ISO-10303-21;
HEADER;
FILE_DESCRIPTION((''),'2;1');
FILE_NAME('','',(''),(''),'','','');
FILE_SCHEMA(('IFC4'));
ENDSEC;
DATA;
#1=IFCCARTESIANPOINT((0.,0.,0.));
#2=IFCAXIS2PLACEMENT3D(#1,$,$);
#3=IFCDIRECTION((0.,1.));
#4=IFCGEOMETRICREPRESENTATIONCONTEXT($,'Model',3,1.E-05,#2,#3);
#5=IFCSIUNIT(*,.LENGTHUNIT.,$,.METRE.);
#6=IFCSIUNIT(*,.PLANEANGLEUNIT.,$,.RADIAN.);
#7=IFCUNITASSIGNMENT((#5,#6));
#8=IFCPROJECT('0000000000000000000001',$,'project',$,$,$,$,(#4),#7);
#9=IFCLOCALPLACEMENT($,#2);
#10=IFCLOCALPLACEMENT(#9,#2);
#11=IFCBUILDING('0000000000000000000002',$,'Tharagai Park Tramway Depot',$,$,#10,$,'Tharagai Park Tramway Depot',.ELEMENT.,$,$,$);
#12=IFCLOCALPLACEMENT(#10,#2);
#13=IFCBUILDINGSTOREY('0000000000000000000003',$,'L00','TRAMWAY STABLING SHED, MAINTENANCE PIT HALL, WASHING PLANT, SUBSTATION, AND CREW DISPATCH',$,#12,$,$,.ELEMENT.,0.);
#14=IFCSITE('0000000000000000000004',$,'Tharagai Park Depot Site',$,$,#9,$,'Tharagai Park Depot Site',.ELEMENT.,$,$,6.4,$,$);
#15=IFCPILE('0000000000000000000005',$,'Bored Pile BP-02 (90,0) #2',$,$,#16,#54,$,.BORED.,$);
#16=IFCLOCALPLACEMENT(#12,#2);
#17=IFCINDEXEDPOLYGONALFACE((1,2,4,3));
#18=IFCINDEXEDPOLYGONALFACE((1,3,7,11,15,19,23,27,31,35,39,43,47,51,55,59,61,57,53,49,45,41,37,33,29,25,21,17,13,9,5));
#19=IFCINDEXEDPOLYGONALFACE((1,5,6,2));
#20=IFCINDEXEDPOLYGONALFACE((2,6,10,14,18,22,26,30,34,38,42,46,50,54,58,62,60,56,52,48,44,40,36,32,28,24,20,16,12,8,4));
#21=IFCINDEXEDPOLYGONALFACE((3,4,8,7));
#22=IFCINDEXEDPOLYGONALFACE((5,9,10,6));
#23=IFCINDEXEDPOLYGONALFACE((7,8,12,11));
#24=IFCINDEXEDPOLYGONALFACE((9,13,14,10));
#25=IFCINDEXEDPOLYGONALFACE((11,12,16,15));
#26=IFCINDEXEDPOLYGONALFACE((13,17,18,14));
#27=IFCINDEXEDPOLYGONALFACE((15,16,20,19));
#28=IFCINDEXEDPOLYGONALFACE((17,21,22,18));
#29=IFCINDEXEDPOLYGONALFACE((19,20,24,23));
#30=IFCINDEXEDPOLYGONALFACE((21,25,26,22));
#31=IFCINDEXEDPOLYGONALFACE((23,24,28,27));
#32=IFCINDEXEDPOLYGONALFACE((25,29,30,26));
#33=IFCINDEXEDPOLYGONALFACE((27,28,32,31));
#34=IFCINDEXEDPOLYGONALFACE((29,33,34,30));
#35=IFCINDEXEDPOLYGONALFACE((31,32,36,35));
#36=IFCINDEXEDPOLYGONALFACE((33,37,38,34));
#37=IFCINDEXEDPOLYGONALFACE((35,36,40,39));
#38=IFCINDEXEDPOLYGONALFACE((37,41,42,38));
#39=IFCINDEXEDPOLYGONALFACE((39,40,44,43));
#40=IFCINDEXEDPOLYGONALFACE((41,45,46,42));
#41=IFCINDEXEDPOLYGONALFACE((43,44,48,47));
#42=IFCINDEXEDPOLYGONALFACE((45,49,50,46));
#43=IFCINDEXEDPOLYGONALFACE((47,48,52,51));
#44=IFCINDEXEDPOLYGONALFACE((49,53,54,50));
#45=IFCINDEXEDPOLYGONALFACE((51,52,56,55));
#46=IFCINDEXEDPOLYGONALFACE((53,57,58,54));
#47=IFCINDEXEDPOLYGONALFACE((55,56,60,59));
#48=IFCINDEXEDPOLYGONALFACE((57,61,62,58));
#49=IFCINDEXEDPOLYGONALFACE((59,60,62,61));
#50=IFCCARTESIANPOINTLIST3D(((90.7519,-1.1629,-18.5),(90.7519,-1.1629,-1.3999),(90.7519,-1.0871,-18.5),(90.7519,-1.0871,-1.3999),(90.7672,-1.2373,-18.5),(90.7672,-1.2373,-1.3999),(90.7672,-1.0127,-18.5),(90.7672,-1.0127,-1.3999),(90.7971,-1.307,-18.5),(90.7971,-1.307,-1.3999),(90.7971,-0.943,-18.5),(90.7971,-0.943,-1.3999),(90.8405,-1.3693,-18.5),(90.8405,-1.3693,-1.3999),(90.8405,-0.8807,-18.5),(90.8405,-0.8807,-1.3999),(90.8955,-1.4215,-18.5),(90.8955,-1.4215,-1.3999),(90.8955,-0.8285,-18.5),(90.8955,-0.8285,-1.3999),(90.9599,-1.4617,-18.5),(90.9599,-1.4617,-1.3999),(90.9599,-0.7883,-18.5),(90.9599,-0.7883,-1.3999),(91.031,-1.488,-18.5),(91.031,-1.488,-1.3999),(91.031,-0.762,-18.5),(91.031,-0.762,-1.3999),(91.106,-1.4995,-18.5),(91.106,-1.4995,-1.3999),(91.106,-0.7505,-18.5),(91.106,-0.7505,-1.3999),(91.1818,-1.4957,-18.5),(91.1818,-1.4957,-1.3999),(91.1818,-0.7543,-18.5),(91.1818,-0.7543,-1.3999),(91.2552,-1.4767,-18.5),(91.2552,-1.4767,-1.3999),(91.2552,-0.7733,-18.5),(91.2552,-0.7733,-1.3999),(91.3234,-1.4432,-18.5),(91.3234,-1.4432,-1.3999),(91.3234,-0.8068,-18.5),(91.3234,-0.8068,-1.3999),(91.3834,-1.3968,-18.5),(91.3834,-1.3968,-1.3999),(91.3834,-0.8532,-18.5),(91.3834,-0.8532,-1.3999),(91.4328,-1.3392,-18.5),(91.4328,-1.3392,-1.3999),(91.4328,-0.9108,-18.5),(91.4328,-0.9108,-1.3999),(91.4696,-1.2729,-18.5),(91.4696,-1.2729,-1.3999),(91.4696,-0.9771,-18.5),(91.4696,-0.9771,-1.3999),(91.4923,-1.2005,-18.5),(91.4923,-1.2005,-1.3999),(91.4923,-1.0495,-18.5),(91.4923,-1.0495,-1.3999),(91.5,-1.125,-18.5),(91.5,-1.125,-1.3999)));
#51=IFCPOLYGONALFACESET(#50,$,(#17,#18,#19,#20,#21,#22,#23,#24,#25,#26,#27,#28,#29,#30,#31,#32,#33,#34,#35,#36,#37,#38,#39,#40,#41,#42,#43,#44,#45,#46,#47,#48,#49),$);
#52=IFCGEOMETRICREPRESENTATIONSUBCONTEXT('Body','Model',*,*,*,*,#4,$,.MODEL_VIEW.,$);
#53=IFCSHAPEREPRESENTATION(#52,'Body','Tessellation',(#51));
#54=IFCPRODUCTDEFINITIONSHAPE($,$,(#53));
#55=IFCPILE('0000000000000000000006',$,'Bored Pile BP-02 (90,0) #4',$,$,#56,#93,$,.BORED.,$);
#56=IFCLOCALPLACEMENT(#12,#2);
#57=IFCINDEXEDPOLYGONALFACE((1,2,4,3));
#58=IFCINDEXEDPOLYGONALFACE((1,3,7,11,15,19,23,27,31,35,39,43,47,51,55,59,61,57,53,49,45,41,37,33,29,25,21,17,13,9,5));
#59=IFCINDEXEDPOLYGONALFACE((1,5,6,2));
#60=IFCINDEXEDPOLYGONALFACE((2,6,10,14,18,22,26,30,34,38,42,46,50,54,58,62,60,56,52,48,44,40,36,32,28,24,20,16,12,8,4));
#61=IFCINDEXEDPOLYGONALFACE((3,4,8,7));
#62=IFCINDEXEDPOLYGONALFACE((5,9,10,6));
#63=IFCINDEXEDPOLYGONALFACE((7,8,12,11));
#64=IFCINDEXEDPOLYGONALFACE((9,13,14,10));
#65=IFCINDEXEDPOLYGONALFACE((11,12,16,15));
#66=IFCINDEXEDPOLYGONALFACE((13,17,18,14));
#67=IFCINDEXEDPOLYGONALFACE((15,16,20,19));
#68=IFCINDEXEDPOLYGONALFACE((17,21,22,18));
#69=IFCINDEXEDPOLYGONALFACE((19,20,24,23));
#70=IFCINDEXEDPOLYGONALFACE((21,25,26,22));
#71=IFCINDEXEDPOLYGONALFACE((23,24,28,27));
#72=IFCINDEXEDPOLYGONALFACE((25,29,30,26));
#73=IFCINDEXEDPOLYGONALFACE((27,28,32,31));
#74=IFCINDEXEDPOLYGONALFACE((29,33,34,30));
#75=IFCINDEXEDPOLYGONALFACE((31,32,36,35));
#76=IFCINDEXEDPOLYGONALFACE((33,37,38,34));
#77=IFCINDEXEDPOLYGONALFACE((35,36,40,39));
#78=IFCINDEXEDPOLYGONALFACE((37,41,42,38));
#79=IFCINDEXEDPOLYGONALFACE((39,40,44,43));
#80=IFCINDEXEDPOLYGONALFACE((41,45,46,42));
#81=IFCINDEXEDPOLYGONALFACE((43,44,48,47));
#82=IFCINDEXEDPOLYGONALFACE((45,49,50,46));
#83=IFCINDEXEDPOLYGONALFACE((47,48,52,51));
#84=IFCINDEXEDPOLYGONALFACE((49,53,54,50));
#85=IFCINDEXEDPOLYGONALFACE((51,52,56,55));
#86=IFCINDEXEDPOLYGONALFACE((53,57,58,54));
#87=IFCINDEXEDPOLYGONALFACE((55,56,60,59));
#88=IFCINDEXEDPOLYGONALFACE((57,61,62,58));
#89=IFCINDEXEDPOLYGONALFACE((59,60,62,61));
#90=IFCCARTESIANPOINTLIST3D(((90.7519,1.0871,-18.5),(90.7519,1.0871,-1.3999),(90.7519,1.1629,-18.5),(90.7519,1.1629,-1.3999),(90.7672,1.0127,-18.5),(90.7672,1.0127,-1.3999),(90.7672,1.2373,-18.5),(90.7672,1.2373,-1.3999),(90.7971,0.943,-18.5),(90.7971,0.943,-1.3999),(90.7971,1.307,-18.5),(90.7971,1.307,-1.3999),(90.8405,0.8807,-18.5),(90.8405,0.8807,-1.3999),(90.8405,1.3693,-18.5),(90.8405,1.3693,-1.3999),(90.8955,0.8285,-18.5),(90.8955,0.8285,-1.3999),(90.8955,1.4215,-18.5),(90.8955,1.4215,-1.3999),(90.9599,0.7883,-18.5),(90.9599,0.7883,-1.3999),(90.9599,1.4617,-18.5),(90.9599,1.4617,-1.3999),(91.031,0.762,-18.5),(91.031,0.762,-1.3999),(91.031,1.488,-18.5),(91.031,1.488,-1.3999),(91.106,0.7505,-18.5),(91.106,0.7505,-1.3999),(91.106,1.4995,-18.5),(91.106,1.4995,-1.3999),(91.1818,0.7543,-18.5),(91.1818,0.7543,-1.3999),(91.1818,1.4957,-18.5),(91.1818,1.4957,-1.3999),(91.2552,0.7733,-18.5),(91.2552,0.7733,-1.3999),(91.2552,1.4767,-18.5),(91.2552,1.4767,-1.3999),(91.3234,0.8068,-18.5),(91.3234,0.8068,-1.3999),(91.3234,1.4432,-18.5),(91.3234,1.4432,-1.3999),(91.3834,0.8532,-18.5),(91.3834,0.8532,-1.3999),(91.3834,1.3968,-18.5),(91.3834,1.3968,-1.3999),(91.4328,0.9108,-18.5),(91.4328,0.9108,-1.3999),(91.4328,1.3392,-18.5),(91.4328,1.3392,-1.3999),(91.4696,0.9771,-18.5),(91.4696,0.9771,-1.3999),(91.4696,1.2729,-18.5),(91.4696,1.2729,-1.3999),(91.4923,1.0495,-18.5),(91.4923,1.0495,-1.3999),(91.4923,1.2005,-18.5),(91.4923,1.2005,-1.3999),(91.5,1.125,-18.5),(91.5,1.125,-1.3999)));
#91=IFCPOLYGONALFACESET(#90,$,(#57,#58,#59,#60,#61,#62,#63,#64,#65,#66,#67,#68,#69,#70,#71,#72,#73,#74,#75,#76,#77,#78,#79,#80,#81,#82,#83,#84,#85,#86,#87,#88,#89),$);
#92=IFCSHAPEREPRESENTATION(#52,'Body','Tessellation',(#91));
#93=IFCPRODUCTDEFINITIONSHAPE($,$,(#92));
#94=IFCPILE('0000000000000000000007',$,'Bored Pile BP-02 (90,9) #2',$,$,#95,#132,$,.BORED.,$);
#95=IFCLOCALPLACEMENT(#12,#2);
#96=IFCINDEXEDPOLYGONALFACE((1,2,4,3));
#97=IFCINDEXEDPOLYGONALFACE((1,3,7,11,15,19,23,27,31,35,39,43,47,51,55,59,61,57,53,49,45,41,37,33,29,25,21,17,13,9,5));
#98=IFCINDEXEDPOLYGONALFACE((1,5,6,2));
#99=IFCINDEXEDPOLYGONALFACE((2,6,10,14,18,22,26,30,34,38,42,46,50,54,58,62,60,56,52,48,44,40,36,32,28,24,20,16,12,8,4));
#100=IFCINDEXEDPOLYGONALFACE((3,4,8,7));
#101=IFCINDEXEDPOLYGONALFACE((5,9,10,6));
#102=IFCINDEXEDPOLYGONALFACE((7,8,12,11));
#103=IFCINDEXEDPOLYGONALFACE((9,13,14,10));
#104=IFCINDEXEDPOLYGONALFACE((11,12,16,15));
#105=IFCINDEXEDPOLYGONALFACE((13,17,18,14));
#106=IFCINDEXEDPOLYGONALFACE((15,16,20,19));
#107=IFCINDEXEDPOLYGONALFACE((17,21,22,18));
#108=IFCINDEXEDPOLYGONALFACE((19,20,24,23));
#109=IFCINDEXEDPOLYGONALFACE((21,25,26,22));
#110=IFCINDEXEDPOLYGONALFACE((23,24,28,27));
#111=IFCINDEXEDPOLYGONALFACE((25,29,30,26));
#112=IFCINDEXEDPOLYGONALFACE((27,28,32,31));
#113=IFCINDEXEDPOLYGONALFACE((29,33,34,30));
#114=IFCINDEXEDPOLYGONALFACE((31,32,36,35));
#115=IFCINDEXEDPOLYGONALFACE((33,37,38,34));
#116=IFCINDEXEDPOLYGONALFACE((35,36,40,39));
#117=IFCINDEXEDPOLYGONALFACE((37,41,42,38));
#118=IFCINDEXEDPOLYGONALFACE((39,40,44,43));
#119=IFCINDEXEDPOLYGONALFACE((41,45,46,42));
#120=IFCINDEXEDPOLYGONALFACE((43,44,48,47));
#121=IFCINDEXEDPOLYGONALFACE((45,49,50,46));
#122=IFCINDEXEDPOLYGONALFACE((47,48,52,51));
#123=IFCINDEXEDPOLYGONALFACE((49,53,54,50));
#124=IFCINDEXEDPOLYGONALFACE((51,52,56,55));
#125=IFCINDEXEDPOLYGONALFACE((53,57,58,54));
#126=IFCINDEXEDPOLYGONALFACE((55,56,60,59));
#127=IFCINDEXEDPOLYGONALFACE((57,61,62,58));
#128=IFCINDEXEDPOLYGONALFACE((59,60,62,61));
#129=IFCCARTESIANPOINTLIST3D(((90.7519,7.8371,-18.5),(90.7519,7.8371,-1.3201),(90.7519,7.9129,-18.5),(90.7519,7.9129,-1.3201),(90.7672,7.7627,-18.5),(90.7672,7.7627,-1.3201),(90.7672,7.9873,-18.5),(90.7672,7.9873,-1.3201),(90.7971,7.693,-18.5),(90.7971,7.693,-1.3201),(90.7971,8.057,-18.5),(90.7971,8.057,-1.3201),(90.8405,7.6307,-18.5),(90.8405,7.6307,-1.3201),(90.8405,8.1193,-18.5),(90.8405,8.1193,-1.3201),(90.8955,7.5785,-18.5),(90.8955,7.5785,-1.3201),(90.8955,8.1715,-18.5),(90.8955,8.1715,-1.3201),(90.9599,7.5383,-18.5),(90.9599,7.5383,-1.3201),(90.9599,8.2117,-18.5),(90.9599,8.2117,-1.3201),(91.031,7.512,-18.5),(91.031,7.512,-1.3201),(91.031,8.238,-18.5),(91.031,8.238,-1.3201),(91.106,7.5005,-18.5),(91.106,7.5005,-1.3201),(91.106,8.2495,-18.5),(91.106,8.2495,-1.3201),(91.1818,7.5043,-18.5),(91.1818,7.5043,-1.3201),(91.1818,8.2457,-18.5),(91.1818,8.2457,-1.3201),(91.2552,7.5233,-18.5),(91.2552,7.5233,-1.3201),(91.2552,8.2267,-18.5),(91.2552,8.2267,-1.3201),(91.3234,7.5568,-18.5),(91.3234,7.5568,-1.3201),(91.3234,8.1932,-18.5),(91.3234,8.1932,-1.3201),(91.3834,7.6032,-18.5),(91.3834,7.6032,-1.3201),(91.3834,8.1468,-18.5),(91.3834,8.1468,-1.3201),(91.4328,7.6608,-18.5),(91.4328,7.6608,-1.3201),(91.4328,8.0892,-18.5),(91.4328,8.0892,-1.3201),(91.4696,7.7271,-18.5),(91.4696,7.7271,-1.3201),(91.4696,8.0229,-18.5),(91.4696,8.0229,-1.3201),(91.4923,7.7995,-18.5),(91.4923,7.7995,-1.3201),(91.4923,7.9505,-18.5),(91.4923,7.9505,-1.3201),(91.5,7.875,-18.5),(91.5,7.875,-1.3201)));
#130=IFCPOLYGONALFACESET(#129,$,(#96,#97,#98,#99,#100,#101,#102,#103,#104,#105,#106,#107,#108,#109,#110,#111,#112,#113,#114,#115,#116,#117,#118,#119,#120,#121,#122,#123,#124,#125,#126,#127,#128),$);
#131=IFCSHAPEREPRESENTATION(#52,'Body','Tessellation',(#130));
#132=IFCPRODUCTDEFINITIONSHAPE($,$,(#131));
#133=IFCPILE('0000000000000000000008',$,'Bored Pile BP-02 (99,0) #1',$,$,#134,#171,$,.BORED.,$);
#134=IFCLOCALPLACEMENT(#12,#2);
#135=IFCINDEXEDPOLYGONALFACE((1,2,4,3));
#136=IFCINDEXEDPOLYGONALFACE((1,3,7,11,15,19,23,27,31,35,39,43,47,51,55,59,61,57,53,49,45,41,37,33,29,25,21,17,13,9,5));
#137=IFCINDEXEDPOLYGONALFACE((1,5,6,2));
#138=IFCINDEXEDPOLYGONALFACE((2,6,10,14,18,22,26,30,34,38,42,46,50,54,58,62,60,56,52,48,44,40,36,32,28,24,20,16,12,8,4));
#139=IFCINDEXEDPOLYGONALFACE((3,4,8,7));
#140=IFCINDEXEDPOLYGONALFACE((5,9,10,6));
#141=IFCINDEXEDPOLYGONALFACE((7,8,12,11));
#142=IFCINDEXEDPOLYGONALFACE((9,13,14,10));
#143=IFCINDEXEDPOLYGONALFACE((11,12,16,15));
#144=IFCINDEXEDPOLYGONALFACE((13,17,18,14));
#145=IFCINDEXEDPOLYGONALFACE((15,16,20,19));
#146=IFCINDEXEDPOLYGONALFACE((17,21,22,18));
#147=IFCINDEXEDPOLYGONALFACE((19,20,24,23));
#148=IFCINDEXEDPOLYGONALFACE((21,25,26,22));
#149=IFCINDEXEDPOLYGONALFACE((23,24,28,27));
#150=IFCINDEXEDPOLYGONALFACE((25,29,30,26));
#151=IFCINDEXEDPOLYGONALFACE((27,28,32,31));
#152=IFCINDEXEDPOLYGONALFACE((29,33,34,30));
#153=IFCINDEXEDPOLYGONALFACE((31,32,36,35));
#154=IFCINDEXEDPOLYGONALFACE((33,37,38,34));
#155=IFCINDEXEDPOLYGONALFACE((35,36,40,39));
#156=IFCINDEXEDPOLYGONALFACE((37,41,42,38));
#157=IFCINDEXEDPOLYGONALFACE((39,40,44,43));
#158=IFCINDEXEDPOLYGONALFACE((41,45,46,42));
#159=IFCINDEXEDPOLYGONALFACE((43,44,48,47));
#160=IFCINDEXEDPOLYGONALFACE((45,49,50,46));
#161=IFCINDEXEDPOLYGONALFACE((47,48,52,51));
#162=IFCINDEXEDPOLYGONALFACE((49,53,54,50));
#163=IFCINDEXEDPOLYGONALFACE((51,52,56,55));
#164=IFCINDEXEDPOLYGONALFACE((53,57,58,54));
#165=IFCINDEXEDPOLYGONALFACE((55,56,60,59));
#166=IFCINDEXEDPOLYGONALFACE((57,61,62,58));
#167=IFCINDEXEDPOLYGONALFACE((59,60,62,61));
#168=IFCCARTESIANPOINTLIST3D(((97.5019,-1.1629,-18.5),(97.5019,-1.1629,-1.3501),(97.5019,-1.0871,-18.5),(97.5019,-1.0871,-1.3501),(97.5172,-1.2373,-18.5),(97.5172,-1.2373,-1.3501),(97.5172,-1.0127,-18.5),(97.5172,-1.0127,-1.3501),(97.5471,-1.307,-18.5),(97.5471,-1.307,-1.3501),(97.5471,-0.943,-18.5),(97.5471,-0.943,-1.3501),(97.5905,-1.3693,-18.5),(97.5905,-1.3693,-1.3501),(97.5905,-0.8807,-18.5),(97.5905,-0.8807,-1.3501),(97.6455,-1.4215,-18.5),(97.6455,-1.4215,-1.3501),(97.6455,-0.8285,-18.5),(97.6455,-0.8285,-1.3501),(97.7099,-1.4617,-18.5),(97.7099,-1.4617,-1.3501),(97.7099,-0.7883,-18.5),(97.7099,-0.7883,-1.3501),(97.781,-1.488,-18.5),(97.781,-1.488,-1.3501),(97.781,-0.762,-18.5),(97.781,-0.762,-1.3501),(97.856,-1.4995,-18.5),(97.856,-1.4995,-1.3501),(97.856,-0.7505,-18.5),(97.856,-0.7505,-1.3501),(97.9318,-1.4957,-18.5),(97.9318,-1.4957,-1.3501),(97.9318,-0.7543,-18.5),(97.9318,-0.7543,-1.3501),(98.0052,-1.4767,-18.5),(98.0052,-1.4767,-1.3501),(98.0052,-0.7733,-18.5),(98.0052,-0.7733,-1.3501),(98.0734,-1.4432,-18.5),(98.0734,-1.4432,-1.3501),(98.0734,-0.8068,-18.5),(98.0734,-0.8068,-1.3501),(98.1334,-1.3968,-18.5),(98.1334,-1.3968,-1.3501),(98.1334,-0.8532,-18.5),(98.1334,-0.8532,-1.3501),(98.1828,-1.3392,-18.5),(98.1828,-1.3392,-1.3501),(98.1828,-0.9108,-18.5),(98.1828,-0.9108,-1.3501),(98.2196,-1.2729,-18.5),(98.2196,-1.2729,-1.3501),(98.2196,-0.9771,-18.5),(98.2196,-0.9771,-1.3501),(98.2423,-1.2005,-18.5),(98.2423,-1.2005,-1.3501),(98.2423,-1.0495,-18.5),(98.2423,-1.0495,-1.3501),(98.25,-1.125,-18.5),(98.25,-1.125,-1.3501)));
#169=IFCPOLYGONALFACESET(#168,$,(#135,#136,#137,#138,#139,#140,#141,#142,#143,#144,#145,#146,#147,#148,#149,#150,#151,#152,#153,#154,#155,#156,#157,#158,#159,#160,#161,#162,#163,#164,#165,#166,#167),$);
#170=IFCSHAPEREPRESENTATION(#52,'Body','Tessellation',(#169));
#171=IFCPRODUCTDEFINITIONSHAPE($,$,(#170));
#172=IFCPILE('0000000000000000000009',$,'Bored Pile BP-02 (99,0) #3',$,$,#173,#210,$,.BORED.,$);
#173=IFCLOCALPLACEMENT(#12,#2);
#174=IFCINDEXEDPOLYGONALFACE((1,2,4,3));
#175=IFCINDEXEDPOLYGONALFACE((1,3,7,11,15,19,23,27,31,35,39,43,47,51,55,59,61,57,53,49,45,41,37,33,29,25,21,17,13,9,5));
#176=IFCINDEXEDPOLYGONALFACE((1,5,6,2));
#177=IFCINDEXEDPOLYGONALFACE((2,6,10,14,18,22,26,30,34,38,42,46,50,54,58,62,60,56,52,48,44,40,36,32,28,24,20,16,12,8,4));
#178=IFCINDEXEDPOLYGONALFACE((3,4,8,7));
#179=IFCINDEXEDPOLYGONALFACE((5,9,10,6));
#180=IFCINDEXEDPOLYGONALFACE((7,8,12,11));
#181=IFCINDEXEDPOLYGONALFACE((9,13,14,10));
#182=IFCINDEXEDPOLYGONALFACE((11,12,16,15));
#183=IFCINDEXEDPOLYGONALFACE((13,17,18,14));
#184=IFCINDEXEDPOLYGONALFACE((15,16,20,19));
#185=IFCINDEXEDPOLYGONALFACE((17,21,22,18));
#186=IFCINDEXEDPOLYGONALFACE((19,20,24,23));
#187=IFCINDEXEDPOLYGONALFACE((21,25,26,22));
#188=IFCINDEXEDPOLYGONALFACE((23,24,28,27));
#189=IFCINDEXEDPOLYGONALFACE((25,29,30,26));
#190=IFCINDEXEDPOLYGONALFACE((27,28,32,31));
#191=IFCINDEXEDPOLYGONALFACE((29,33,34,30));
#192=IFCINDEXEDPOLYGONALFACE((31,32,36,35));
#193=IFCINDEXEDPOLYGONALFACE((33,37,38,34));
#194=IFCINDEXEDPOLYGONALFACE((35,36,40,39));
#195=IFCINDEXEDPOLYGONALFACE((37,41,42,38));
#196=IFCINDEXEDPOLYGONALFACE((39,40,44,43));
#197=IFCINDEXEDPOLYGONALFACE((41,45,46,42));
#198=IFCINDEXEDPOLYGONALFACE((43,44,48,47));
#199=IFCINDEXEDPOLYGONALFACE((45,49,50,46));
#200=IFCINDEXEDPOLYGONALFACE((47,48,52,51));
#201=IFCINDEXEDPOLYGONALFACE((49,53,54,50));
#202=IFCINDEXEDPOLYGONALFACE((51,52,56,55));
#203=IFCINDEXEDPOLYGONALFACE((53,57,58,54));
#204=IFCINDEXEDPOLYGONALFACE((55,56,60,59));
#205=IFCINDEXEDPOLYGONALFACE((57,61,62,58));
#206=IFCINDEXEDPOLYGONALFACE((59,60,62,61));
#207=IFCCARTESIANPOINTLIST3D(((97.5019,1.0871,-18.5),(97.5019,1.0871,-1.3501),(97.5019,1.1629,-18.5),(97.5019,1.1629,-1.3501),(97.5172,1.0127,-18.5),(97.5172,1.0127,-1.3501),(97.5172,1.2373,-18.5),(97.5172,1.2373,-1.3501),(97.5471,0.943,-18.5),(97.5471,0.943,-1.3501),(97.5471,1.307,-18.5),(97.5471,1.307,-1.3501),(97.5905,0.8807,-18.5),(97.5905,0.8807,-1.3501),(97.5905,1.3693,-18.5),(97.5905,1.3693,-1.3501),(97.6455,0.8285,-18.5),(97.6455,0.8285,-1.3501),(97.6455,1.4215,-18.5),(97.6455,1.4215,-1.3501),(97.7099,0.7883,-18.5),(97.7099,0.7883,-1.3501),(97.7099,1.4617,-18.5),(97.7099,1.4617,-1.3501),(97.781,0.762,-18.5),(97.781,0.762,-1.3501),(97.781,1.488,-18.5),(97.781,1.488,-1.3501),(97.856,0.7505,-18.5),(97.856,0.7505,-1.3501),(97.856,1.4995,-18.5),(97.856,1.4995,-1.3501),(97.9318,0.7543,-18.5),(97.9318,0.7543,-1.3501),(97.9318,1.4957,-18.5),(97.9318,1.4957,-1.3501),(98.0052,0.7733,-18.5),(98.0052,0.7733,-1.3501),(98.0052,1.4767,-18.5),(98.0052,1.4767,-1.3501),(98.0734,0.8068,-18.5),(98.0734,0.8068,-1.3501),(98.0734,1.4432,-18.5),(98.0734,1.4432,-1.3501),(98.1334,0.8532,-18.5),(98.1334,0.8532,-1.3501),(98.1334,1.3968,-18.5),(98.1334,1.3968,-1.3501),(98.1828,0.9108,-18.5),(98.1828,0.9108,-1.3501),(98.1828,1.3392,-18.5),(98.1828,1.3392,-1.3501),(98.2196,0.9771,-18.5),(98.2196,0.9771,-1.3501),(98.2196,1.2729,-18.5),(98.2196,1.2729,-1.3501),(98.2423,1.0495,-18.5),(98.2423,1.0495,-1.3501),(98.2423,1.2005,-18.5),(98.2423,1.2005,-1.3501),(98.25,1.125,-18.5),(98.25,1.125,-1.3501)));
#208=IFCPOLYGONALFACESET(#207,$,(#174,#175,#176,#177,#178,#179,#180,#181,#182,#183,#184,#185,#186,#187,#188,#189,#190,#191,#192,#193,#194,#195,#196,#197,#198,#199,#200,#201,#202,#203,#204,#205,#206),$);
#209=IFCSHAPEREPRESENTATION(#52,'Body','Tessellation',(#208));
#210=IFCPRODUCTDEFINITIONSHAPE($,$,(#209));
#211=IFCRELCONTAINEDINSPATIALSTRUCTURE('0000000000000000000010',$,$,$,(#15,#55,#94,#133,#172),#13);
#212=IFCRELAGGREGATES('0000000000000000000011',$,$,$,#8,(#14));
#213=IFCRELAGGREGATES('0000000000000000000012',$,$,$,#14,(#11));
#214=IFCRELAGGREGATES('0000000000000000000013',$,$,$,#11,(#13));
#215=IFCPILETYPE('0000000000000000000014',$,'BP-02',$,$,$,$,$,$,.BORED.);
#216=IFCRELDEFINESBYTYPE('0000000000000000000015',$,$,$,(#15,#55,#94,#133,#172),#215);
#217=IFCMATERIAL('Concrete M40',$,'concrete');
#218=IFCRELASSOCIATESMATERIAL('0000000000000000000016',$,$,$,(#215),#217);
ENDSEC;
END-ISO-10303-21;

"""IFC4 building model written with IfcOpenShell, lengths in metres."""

from ifc_helpers import new_model, si_unit, direction, frame, origin, origin_2d, place, context, subcontext, project, spatial, circle, extrude, material, material_profile, profile_set, type_object, element, save


model = new_model("IFC4")

# Units and contexts
model_context = context("Model", 3, precision=1e-05, world=origin(), true_north=direction((0.0, 1.0)))
body_context = subcontext(model_context, "Body", "Model", "MODEL_VIEW")
ifc_project = project(units=[si_unit("LENGTHUNIT", "METRE"), si_unit("PLANEANGLEUNIT", "RADIAN")], contexts=[model_context])

# Site, building, storey
site_placement = place(None, origin())
site = spatial("IfcSite", under=ifc_project, at=site_placement, Name="Tharagai Park Depot Site", LongName="Tharagai Park Depot Site", CompositionType="ELEMENT", RefElevation=6.4)
building_placement = place(site_placement, origin())
building = spatial("IfcBuilding", under=site, at=building_placement, Name="Tharagai Park Tramway Depot", LongName="Tharagai Park Tramway Depot", CompositionType="ELEMENT")
storey_placement = place(building_placement, origin())
storey = spatial("IfcBuildingStorey", under=building, at=storey_placement, Name="L00", Description="TRAMWAY STABLING SHED, MAINTENANCE PIT HALL, WASHING PLANT, SUBSTATION, AND CREW DISPATCH", CompositionType="ELEMENT", Elevation=0.0)

# Piles
ifc_material_1 = material(Name="Concrete M40", Category="concrete")
ifc_material_profile_1 = material_profile(ifc_material_1, circle(Radius=0.375, at=origin_2d()), Name="PILE D750")
ifc_profile_set_1 = profile_set([ifc_material_profile_1], Name="Concrete M40")
pile_type = type_object("IfcPileType", Name="BP-02", PredefinedType="BORED", material=ifc_profile_set_1)
for number, where, z_axis, x_axis, name in (
    (1, (91.125, -1.125, -1.3999), (0.0, 0.0, -1.0), (1.0, 0.0, 0.0), "Bored Pile BP-02 (90,0) #2"),
    (2, (91.125, 1.125, -1.3999), (0.0, 0.0, -1.0), (1.0, 0.0, 0.0), "Bored Pile BP-02 (90,0) #4"),
):
    element("IfcPile", number, at=place(storey_placement, frame(where, z_axis=z_axis, x_axis=x_axis)), inside=storey, type_object=pile_type, Name=name, PredefinedType="BORED", context=body_context, shape_type="SweptSolid", body=[
        extrude(circle(Radius=0.375, at=origin_2d()), origin(), (0.0, 0.0, 1.0), 17.1001),
    ])
pile_1_placement = place(storey_placement, frame((91.125, 7.875, -1.3201), z_axis=(0.0, 0.0, -1.0), x_axis=(1.0, 0.0, 0.0)))
element("IfcPile", 3, at=pile_1_placement, inside=storey, type_object=pile_type, Name="Bored Pile BP-02 (90,9) #2", PredefinedType="BORED", context=body_context, shape_type="SweptSolid", body=[
    extrude(circle(Radius=0.375, at=origin_2d()), origin(), (0.0, 0.0, 1.0), 17.1799),
])
for number, where, z_axis, x_axis, name in (
    (4, (97.875, -1.125, -1.3501), (0.0, 0.0, -1.0), (1.0, 0.0, 0.0), "Bored Pile BP-02 (99,0) #1"),
    (5, (97.875, 1.125, -1.3501), (0.0, 0.0, -1.0), (1.0, 0.0, 0.0), "Bored Pile BP-02 (99,0) #3"),
):
    element("IfcPile", number, at=place(storey_placement, frame(where, z_axis=z_axis, x_axis=x_axis)), inside=storey, type_object=pile_type, Name=name, PredefinedType="BORED", context=body_context, shape_type="SweptSolid", body=[
        extrude(circle(Radius=0.375, at=origin_2d()), origin(), (0.0, 0.0, 1.0), 17.1499),
    ])

save(model, "model.ifc")
